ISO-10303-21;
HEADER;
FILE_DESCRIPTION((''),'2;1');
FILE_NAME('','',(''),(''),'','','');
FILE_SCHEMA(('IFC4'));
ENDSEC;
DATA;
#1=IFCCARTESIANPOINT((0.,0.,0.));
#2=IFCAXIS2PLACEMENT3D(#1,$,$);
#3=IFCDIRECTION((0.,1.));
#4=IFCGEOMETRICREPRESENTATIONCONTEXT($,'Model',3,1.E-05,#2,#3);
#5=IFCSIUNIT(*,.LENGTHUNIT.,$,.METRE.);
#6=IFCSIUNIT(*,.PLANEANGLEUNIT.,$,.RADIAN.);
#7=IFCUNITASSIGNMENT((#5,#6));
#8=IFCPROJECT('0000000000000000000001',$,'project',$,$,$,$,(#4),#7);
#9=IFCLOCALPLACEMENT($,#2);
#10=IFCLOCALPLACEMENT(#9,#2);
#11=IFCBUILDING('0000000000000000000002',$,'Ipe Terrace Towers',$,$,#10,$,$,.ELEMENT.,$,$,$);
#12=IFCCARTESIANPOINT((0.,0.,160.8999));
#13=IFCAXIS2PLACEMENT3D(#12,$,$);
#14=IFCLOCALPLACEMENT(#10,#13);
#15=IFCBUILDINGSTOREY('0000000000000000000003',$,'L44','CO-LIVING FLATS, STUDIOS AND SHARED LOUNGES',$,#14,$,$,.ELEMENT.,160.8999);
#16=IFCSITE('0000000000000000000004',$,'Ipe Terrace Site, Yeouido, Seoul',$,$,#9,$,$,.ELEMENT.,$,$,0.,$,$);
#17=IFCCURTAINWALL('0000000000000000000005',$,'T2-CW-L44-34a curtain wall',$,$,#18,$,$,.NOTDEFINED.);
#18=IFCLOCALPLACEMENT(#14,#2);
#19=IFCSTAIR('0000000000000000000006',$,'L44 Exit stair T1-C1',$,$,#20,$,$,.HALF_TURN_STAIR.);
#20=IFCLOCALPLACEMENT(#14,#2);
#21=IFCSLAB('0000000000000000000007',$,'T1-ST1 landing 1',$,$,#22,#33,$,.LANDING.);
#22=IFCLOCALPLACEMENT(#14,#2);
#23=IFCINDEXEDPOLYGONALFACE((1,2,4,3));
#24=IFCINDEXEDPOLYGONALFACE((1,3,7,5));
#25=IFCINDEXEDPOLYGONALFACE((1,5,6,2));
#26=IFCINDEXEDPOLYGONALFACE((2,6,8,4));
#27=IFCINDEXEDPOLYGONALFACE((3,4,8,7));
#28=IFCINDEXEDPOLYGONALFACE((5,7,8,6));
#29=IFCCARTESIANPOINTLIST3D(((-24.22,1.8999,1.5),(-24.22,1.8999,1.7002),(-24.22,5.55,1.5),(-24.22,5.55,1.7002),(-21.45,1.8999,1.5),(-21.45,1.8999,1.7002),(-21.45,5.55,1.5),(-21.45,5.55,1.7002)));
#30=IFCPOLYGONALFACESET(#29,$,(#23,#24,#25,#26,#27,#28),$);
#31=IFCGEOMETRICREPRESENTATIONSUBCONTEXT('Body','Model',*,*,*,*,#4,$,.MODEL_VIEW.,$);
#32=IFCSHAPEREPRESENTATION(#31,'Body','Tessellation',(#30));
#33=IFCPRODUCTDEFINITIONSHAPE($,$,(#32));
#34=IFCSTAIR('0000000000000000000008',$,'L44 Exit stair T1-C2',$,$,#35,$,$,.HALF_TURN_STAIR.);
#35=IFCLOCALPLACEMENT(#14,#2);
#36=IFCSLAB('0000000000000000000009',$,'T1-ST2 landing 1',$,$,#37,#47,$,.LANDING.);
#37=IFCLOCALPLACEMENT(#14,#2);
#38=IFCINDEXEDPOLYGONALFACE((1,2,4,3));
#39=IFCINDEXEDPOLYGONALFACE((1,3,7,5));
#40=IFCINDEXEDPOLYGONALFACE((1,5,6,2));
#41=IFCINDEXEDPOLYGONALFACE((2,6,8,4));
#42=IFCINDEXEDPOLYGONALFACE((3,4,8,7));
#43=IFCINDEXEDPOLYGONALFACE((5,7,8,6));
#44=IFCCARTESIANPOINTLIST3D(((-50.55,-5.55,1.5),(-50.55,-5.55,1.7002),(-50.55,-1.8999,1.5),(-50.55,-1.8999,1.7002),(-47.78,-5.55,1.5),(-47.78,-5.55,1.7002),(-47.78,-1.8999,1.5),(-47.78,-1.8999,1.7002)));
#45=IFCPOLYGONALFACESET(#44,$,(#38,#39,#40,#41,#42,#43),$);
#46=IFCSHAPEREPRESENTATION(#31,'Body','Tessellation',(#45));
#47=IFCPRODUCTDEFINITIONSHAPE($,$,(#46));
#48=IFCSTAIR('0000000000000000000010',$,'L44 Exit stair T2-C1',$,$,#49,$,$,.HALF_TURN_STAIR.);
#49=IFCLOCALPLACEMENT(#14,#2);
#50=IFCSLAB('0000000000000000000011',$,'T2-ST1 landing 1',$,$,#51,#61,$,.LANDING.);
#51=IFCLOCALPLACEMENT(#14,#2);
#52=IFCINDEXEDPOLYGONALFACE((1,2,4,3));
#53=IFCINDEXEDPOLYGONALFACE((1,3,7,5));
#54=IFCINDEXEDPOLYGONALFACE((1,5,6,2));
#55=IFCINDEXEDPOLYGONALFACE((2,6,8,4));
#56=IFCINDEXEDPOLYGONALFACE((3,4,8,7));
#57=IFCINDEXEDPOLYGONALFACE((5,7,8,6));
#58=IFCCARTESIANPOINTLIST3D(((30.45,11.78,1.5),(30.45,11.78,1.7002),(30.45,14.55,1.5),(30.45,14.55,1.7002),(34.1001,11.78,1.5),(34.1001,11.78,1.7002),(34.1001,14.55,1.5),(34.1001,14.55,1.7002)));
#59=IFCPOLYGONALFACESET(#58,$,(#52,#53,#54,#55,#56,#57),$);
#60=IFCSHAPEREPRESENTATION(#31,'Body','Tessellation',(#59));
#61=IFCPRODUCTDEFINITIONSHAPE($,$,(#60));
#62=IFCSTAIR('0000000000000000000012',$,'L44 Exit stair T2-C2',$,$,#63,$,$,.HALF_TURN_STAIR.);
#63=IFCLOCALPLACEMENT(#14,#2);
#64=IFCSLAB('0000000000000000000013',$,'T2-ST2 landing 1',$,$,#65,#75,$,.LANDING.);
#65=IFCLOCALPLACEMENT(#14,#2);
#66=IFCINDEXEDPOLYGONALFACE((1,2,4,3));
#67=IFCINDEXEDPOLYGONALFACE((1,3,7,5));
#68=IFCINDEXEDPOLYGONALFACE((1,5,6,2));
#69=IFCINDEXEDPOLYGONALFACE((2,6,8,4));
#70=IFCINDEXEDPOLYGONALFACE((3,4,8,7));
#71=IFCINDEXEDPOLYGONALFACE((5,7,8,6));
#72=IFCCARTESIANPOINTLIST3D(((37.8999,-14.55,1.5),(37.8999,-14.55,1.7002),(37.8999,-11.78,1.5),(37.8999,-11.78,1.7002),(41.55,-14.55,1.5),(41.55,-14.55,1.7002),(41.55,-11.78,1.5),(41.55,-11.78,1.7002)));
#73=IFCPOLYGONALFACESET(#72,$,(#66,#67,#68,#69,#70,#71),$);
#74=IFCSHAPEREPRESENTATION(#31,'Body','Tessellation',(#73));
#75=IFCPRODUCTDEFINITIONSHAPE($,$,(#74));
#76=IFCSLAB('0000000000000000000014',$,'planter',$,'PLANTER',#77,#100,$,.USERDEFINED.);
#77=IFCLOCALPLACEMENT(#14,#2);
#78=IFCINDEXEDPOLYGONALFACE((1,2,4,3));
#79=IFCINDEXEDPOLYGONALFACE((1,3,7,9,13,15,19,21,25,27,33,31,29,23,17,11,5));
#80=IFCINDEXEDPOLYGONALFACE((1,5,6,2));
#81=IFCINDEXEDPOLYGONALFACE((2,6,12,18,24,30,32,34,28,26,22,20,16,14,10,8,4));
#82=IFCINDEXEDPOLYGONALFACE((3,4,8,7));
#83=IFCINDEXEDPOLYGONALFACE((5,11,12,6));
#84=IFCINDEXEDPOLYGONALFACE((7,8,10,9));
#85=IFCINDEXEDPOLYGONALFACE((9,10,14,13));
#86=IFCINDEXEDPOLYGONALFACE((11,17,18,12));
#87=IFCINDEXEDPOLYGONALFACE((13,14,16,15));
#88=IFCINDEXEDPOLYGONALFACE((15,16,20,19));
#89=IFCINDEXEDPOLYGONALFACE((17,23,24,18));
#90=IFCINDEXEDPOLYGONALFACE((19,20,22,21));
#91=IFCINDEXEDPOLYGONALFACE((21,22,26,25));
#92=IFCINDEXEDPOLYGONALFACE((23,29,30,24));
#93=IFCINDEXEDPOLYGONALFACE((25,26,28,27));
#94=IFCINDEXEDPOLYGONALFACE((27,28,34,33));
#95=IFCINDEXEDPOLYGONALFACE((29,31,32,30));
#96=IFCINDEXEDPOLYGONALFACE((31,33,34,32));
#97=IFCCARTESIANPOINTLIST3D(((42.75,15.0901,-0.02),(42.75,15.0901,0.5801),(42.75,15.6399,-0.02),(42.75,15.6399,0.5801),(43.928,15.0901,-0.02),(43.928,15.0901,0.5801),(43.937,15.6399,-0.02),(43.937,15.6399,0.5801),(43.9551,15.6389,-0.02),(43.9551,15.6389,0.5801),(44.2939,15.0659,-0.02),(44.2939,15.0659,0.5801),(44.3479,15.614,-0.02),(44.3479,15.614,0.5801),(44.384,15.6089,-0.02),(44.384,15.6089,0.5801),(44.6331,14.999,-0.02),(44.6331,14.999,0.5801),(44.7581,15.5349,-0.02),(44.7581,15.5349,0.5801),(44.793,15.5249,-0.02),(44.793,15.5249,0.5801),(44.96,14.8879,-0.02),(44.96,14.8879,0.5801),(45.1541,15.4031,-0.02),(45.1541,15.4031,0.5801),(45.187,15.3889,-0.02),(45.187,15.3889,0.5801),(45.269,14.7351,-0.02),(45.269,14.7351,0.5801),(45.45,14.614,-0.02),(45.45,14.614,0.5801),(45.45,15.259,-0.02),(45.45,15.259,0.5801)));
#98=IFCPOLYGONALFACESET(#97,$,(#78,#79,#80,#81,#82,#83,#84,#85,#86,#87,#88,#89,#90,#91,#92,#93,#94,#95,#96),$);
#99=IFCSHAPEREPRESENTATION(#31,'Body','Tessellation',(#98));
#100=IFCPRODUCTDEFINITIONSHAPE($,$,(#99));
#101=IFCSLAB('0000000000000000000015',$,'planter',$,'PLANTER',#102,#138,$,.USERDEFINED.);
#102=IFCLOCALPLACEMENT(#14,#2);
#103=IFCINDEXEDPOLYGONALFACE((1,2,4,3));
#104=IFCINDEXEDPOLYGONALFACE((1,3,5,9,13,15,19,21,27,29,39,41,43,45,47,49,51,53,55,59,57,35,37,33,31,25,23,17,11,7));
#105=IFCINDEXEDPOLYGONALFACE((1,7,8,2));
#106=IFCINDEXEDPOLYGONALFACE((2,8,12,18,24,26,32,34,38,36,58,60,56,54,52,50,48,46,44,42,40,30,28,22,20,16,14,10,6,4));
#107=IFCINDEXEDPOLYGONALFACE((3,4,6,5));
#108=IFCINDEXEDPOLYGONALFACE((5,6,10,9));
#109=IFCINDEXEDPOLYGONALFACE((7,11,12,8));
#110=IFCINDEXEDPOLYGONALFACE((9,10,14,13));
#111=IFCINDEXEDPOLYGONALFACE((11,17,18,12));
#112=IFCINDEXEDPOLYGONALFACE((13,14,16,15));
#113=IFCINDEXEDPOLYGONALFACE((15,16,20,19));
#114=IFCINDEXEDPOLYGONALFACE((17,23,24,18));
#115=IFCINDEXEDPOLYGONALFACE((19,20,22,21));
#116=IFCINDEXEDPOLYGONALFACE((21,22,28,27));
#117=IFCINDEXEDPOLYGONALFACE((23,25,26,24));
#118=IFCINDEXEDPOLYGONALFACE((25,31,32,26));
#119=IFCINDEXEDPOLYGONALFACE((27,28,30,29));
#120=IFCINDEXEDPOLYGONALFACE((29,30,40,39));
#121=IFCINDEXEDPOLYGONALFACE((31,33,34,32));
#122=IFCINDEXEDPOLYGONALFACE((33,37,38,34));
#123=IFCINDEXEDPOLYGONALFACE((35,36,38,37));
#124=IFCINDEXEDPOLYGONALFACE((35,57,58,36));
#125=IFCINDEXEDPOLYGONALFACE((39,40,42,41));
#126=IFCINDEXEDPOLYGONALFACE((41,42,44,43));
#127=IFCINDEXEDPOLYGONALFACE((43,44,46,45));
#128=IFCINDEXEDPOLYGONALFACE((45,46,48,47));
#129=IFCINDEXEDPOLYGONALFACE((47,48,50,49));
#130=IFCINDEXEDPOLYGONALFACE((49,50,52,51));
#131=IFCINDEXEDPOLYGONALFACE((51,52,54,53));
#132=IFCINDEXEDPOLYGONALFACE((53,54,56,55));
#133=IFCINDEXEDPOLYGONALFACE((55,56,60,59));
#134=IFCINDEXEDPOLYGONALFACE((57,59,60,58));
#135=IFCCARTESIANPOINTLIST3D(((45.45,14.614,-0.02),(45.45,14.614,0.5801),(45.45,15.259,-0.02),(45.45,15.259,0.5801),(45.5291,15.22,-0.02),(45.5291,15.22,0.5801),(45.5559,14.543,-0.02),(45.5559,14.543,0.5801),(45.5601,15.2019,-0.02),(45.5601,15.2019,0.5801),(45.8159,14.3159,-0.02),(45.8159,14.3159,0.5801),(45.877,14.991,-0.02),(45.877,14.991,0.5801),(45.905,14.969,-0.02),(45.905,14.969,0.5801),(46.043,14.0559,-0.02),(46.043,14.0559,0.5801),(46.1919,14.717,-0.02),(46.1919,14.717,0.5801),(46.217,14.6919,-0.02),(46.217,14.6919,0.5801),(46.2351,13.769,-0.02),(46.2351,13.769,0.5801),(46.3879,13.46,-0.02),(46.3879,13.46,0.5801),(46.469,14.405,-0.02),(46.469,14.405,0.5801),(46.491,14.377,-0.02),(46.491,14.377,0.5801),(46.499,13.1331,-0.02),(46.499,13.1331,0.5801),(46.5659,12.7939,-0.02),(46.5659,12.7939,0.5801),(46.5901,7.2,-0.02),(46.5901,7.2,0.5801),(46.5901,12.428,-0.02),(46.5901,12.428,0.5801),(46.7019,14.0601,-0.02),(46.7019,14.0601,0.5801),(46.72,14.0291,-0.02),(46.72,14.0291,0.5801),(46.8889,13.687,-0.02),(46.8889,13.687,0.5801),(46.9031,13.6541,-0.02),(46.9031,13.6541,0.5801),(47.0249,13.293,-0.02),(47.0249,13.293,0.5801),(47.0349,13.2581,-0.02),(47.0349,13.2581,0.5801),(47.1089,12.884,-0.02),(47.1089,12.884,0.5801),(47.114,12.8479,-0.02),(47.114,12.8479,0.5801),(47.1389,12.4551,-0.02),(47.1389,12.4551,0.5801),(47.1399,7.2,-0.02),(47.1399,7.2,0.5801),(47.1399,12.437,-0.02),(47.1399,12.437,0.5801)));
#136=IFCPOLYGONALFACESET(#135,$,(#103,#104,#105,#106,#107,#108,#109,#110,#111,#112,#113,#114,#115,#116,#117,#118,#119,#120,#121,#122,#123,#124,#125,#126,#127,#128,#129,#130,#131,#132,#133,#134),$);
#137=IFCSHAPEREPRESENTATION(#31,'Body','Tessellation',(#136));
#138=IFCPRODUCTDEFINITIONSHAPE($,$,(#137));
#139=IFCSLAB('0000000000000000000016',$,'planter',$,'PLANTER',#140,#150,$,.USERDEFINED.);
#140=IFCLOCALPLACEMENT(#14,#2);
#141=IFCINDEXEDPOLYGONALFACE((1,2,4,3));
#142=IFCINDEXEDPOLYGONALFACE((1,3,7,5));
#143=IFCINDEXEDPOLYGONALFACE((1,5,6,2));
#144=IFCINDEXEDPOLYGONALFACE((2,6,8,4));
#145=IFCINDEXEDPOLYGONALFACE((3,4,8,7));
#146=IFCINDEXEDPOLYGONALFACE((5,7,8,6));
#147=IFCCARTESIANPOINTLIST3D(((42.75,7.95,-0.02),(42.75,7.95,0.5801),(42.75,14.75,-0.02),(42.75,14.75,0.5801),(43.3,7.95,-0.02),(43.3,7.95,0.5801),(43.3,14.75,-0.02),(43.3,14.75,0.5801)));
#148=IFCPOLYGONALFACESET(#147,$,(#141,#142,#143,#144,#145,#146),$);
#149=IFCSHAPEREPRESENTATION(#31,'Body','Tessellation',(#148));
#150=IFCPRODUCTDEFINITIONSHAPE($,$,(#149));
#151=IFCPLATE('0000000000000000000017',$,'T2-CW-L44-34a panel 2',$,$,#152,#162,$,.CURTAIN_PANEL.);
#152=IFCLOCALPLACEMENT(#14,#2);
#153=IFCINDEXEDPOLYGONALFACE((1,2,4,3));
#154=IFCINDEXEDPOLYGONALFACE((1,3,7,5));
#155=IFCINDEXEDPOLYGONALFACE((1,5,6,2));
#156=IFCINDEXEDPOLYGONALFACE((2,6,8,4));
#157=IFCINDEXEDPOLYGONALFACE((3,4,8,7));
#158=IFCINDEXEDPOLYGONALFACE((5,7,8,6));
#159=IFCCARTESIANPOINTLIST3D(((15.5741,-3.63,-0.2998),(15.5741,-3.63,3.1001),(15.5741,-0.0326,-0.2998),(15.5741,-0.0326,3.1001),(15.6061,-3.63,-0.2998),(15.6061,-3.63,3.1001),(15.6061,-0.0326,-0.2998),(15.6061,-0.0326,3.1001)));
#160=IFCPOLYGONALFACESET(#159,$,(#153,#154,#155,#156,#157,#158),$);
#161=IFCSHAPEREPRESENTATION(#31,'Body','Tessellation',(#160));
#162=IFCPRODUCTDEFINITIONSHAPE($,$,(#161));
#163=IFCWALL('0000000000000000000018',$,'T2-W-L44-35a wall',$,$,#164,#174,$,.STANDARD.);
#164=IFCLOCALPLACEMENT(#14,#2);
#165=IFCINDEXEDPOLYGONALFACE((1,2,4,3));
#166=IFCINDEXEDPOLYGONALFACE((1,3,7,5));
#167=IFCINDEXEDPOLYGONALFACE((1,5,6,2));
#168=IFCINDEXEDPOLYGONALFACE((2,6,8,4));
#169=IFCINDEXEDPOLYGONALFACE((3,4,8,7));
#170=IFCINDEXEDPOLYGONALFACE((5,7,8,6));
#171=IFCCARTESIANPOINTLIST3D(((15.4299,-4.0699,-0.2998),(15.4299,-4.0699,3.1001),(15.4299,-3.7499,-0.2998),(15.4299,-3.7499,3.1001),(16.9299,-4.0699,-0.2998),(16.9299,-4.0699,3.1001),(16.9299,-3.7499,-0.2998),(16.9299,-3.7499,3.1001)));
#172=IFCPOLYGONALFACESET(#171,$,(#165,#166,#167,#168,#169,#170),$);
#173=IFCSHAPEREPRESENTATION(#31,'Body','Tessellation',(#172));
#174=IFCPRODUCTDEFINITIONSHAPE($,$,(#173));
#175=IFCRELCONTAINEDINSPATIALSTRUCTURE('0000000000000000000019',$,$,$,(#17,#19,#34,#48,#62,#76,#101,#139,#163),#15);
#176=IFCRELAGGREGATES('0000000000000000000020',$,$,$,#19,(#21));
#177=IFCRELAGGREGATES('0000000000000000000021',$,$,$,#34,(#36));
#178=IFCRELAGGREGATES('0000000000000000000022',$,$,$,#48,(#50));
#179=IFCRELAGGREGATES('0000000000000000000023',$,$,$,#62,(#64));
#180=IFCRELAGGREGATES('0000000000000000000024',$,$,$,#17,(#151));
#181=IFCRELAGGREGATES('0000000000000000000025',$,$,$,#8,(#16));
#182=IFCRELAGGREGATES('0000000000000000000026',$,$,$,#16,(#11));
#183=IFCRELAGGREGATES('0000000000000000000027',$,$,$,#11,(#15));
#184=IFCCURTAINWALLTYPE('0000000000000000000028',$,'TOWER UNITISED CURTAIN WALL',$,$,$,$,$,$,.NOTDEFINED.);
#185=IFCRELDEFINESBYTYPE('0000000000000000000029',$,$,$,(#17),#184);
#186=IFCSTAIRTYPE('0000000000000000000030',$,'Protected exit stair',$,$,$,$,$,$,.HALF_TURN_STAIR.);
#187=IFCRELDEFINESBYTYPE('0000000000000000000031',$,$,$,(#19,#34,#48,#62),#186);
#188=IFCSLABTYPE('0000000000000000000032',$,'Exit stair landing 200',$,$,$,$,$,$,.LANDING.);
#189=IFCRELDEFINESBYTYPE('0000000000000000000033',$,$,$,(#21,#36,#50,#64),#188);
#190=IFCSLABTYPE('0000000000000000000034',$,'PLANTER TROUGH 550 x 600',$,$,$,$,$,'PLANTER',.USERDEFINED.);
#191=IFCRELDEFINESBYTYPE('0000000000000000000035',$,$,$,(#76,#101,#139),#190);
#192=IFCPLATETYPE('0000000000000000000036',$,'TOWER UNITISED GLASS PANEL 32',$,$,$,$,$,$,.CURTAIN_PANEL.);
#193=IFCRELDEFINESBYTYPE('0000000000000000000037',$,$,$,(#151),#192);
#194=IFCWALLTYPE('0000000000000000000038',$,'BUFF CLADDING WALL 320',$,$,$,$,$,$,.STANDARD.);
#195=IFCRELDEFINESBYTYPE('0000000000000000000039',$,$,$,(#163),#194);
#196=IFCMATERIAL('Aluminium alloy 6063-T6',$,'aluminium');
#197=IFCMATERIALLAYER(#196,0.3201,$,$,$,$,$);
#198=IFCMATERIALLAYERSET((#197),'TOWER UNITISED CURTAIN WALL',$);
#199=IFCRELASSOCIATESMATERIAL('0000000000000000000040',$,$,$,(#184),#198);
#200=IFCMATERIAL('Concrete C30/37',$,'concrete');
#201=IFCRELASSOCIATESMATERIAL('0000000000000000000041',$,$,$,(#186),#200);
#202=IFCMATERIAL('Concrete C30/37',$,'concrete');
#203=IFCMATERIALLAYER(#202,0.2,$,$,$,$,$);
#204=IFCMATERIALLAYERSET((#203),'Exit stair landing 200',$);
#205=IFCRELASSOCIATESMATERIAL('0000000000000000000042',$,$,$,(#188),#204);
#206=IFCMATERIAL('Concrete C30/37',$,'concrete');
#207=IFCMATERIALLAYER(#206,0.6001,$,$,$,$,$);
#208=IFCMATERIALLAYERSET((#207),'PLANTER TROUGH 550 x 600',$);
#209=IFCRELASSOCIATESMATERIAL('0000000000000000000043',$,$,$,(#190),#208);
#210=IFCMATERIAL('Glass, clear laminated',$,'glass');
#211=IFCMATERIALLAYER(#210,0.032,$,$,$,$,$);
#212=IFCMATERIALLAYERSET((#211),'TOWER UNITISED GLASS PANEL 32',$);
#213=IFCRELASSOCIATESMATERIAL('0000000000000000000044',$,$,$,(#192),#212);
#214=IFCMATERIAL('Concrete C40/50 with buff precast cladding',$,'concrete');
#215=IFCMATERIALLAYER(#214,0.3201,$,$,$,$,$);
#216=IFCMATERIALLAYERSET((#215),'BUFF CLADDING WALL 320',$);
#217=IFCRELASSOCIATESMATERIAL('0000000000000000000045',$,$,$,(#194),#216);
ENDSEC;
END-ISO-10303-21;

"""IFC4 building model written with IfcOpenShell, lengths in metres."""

from ifc_helpers import new_model, si_unit, direction, frame, frame_2d, origin, origin_2d, place, context, subcontext, project, spatial, polyline, rectangle, outline, extrude, material, layer, layer_set, type_object, element, aggregate, save


model = new_model("IFC4")

# Units and contexts
model_context = context("Model", 3, precision=1e-05, world=origin(), true_north=direction((0.0, 1.0)))
body_context = subcontext(model_context, "Body", "Model", "MODEL_VIEW")
ifc_project = project(units=[si_unit("LENGTHUNIT", "METRE"), si_unit("PLANEANGLEUNIT", "RADIAN")], contexts=[model_context])

# Site, building, storey
site_placement = place(None, origin())
site = spatial("IfcSite", under=ifc_project, at=site_placement, Name="Ipe Terrace Site, Yeouido, Seoul", CompositionType="ELEMENT", RefElevation=0.0)
building_placement = place(site_placement, origin())
building = spatial("IfcBuilding", under=site, at=building_placement, Name="Ipe Terrace Towers", CompositionType="ELEMENT")
storey_placement = place(building_placement, frame((0.0, 0.0, 160.8999)))
storey = spatial("IfcBuildingStorey", under=building, at=storey_placement, Name="L44", Description="CO-LIVING FLATS, STUDIOS AND SHARED LOUNGES", CompositionType="ELEMENT", Elevation=160.8999)

# Curtain wall
ifc_material_1 = material(Name="Aluminium alloy 6063-T6", Category="aluminium")
ifc_layer_1 = layer(ifc_material_1, 0.3201)
ifc_layer_set_1 = layer_set([ifc_layer_1], Name="TOWER UNITISED CURTAIN WALL")
curtain_wall_type = type_object("IfcCurtainWallType", Name="TOWER UNITISED CURTAIN WALL", PredefinedType="NOTDEFINED", material=ifc_layer_set_1)
curtain_wall_1_placement = place(storey_placement, origin())
curtain_wall_1 = element("IfcCurtainWall", 1, at=curtain_wall_1_placement, inside=storey, type_object=curtain_wall_type, Name="T2-CW-L44-34a curtain wall", PredefinedType="NOTDEFINED")

# Stairs, slabs
ifc_material_2 = material(Name="Concrete C30/37", Category="concrete")
stair_type = type_object("IfcStairType", Name="Protected exit stair", PredefinedType="HALF_TURN_STAIR", material=ifc_material_2)
stair_1_placement = place(storey_placement, origin())
stair_1 = element("IfcStair", 2, at=stair_1_placement, inside=storey, type_object=stair_type, Name="L44 Exit stair T1-C1", PredefinedType="HALF_TURN_STAIR")
ifc_material_3 = material(Name="Concrete C30/37", Category="concrete")
ifc_layer_2 = layer(ifc_material_3, 0.2)
ifc_layer_set_2 = layer_set([ifc_layer_2], Name="Exit stair landing 200")
slab_type_1 = type_object("IfcSlabType", Name="Exit stair landing 200", PredefinedType="LANDING", material=ifc_layer_set_2)
slab_1_placement = place(storey_placement, frame((0.0, 0.0, 1.5)))
slab_1 = element("IfcSlab", 3, at=slab_1_placement, type_object=slab_type_1, Name="T1-ST1 landing 1", PredefinedType="LANDING", context=body_context, shape_type="SweptSolid", body=[
    extrude(outline(polyline([(-24.22, 1.8999), (-21.45, 1.8999), (-21.45, 5.55), (-24.22, 5.55), (-24.22, 1.8999)])), origin(), (0.0, 0.0, 1.0), 0.2002),
])
aggregate(stair_1, [slab_1])
stair_2_placement = place(storey_placement, origin())
stair_2 = element("IfcStair", 4, at=stair_2_placement, inside=storey, type_object=stair_type, Name="L44 Exit stair T1-C2", PredefinedType="HALF_TURN_STAIR")
slab_2_placement = place(storey_placement, frame((0.0, 0.0, 1.5)))
slab_2 = element("IfcSlab", 5, at=slab_2_placement, type_object=slab_type_1, Name="T1-ST2 landing 1", PredefinedType="LANDING", context=body_context, shape_type="SweptSolid", body=[
    extrude(outline(polyline([(-47.78, -1.8999), (-50.55, -1.8999), (-50.55, -5.55), (-47.78, -5.55), (-47.78, -1.8999)])), origin(), (0.0, 0.0, 1.0), 0.2002),
])
aggregate(stair_2, [slab_2])
stair_3_placement = place(storey_placement, origin())
stair_3 = element("IfcStair", 6, at=stair_3_placement, inside=storey, type_object=stair_type, Name="L44 Exit stair T2-C1", PredefinedType="HALF_TURN_STAIR")
slab_3_placement = place(storey_placement, frame((0.0, 0.0, 1.5)))
slab_3 = element("IfcSlab", 7, at=slab_3_placement, type_object=slab_type_1, Name="T2-ST1 landing 1", PredefinedType="LANDING", context=body_context, shape_type="SweptSolid", body=[
    extrude(outline(polyline([(34.1001, 11.78), (34.1001, 14.55), (30.45, 14.55), (30.45, 11.78), (34.1001, 11.78)])), origin(), (0.0, 0.0, 1.0), 0.2002),
])
aggregate(stair_3, [slab_3])
stair_4_placement = place(storey_placement, origin())
stair_4 = element("IfcStair", 8, at=stair_4_placement, inside=storey, type_object=stair_type, Name="L44 Exit stair T2-C2", PredefinedType="HALF_TURN_STAIR")
slab_4_placement = place(storey_placement, frame((0.0, 0.0, 1.5)))
slab_4 = element("IfcSlab", 9, at=slab_4_placement, type_object=slab_type_1, Name="T2-ST2 landing 1", PredefinedType="LANDING", context=body_context, shape_type="SweptSolid", body=[
    extrude(outline(polyline([(37.8999, -11.78), (37.8999, -14.55), (41.55, -14.55), (41.55, -11.78), (37.8999, -11.78)])), origin(), (0.0, 0.0, 1.0), 0.2002),
])
aggregate(stair_4, [slab_4])

# Slabs
ifc_material_4 = material(Name="Concrete C30/37", Category="concrete")
ifc_layer_3 = layer(ifc_material_4, 0.6001)
ifc_layer_set_3 = layer_set([ifc_layer_3], Name="PLANTER TROUGH 550 x 600")
slab_type_2 = type_object("IfcSlabType", Name="PLANTER TROUGH 550 x 600", ElementType="PLANTER", PredefinedType="USERDEFINED", material=ifc_layer_set_3)
slab_5_placement = place(storey_placement, frame((0.0, 0.0, -0.02)))
element("IfcSlab", 10, at=slab_5_placement, inside=storey, type_object=slab_type_2, Name="planter", ObjectType="PLANTER", PredefinedType="USERDEFINED", context=body_context, shape_type="SweptSolid", body=[
    extrude(outline(polyline([(44.6331, 14.999), (44.96, 14.8879), (45.269, 14.7351), (45.45, 14.614), (45.45, 15.259), (45.187, 15.3889), (45.1541, 15.4031), (44.793, 15.5249), (44.7581, 15.5349), (44.384, 15.6089), (44.3479, 15.614), (43.9551, 15.6389), (43.937, 15.6399), (42.75, 15.6399), (42.75, 15.0901), (43.928, 15.0901), (44.2939, 15.0659), (44.6331, 14.999)])), origin(), (0.0, 0.0, 1.0), 0.6001),
])
slab_6_placement = place(storey_placement, frame((0.0, 0.0, -0.02)))
element("IfcSlab", 11, at=slab_6_placement, inside=storey, type_object=slab_type_2, Name="planter", ObjectType="PLANTER", PredefinedType="USERDEFINED", context=body_context, shape_type="SweptSolid", body=[
    extrude(outline(polyline([(45.5559, 14.543), (45.8159, 14.3159), (46.043, 14.0559), (46.2351, 13.769), (46.3879, 13.46), (46.499, 13.1331), (46.5659, 12.7939), (46.5901, 12.428), (46.5901, 7.2), (47.1399, 7.2), (47.1399, 12.437), (47.1389, 12.4551), (47.114, 12.8479), (47.1089, 12.884), (47.0349, 13.2581), (47.0249, 13.293), (46.9031, 13.6541), (46.8889, 13.687), (46.72, 14.0291), (46.7019, 14.0601), (46.491, 14.377), (46.469, 14.405), (46.217, 14.6919), (46.1919, 14.717), (45.905, 14.969), (45.877, 14.991), (45.5601, 15.2019), (45.5291, 15.22), (45.45, 15.259), (45.45, 14.614), (45.5559, 14.543)])), origin(), (0.0, 0.0, 1.0), 0.6001),
])
slab_7_placement = place(storey_placement, frame((0.0, 0.0, -0.02)))
element("IfcSlab", 12, at=slab_7_placement, inside=storey, type_object=slab_type_2, Name="planter", ObjectType="PLANTER", PredefinedType="USERDEFINED", context=body_context, shape_type="SweptSolid", body=[
    extrude(outline(polyline([(42.75, 7.95), (43.3, 7.95), (43.3, 14.75), (42.75, 14.75), (42.75, 7.95)])), origin(), (0.0, 0.0, 1.0), 0.6001),
])

# Plate
ifc_material_5 = material(Name="Glass, clear laminated", Category="glass")
ifc_layer_4 = layer(ifc_material_5, 0.032)
ifc_layer_set_4 = layer_set([ifc_layer_4], Name="TOWER UNITISED GLASS PANEL 32")
plate_type = type_object("IfcPlateType", Name="TOWER UNITISED GLASS PANEL 32", PredefinedType="CURTAIN_PANEL", material=ifc_layer_set_4)
plate_placement = place(storey_placement, frame((15.5901, -1.8313, -0.2998), z_axis=(0.0, 0.0, 1.0), x_axis=(0.0, -1.0, 0.0)))
plate = element("IfcPlate", 13, at=plate_placement, type_object=plate_type, Name="T2-CW-L44-34a panel 2", PredefinedType="CURTAIN_PANEL", context=body_context, shape_type="SweptSolid", body=[
    extrude(rectangle(XDim=3.5974, YDim=0.032, at=origin_2d()), origin(), (0.0, 0.0, 1.0), 3.3999),
])
aggregate(curtain_wall_1, [plate])

# Wall
ifc_material_6 = material(Name="Concrete C40/50 with buff precast cladding", Category="concrete")
ifc_layer_5 = layer(ifc_material_6, 0.3201)
ifc_layer_set_5 = layer_set([ifc_layer_5], Name="BUFF CLADDING WALL 320")
wall_type_1 = type_object("IfcWallType", Name="BUFF CLADDING WALL 320", PredefinedType="STANDARD", material=ifc_layer_set_5)
wall_1_placement = place(storey_placement, frame((15.4299, -3.9099, -0.2998), z_axis=(0.0, 0.0, 1.0), x_axis=(1.0, 0.0, 0.0)))
element("IfcWall", 14, at=wall_1_placement, inside=storey, type_object=wall_type_1, Name="T2-W-L44-35a wall", PredefinedType="STANDARD", context=body_context, shape_type="SweptSolid", body=[
    extrude(rectangle(XDim=1.5, YDim=0.3201, at=frame_2d((0.75, 0.0))), origin(), (0.0, 0.0, 1.0), 3.3999),
])

save(model, "model.ifc")
